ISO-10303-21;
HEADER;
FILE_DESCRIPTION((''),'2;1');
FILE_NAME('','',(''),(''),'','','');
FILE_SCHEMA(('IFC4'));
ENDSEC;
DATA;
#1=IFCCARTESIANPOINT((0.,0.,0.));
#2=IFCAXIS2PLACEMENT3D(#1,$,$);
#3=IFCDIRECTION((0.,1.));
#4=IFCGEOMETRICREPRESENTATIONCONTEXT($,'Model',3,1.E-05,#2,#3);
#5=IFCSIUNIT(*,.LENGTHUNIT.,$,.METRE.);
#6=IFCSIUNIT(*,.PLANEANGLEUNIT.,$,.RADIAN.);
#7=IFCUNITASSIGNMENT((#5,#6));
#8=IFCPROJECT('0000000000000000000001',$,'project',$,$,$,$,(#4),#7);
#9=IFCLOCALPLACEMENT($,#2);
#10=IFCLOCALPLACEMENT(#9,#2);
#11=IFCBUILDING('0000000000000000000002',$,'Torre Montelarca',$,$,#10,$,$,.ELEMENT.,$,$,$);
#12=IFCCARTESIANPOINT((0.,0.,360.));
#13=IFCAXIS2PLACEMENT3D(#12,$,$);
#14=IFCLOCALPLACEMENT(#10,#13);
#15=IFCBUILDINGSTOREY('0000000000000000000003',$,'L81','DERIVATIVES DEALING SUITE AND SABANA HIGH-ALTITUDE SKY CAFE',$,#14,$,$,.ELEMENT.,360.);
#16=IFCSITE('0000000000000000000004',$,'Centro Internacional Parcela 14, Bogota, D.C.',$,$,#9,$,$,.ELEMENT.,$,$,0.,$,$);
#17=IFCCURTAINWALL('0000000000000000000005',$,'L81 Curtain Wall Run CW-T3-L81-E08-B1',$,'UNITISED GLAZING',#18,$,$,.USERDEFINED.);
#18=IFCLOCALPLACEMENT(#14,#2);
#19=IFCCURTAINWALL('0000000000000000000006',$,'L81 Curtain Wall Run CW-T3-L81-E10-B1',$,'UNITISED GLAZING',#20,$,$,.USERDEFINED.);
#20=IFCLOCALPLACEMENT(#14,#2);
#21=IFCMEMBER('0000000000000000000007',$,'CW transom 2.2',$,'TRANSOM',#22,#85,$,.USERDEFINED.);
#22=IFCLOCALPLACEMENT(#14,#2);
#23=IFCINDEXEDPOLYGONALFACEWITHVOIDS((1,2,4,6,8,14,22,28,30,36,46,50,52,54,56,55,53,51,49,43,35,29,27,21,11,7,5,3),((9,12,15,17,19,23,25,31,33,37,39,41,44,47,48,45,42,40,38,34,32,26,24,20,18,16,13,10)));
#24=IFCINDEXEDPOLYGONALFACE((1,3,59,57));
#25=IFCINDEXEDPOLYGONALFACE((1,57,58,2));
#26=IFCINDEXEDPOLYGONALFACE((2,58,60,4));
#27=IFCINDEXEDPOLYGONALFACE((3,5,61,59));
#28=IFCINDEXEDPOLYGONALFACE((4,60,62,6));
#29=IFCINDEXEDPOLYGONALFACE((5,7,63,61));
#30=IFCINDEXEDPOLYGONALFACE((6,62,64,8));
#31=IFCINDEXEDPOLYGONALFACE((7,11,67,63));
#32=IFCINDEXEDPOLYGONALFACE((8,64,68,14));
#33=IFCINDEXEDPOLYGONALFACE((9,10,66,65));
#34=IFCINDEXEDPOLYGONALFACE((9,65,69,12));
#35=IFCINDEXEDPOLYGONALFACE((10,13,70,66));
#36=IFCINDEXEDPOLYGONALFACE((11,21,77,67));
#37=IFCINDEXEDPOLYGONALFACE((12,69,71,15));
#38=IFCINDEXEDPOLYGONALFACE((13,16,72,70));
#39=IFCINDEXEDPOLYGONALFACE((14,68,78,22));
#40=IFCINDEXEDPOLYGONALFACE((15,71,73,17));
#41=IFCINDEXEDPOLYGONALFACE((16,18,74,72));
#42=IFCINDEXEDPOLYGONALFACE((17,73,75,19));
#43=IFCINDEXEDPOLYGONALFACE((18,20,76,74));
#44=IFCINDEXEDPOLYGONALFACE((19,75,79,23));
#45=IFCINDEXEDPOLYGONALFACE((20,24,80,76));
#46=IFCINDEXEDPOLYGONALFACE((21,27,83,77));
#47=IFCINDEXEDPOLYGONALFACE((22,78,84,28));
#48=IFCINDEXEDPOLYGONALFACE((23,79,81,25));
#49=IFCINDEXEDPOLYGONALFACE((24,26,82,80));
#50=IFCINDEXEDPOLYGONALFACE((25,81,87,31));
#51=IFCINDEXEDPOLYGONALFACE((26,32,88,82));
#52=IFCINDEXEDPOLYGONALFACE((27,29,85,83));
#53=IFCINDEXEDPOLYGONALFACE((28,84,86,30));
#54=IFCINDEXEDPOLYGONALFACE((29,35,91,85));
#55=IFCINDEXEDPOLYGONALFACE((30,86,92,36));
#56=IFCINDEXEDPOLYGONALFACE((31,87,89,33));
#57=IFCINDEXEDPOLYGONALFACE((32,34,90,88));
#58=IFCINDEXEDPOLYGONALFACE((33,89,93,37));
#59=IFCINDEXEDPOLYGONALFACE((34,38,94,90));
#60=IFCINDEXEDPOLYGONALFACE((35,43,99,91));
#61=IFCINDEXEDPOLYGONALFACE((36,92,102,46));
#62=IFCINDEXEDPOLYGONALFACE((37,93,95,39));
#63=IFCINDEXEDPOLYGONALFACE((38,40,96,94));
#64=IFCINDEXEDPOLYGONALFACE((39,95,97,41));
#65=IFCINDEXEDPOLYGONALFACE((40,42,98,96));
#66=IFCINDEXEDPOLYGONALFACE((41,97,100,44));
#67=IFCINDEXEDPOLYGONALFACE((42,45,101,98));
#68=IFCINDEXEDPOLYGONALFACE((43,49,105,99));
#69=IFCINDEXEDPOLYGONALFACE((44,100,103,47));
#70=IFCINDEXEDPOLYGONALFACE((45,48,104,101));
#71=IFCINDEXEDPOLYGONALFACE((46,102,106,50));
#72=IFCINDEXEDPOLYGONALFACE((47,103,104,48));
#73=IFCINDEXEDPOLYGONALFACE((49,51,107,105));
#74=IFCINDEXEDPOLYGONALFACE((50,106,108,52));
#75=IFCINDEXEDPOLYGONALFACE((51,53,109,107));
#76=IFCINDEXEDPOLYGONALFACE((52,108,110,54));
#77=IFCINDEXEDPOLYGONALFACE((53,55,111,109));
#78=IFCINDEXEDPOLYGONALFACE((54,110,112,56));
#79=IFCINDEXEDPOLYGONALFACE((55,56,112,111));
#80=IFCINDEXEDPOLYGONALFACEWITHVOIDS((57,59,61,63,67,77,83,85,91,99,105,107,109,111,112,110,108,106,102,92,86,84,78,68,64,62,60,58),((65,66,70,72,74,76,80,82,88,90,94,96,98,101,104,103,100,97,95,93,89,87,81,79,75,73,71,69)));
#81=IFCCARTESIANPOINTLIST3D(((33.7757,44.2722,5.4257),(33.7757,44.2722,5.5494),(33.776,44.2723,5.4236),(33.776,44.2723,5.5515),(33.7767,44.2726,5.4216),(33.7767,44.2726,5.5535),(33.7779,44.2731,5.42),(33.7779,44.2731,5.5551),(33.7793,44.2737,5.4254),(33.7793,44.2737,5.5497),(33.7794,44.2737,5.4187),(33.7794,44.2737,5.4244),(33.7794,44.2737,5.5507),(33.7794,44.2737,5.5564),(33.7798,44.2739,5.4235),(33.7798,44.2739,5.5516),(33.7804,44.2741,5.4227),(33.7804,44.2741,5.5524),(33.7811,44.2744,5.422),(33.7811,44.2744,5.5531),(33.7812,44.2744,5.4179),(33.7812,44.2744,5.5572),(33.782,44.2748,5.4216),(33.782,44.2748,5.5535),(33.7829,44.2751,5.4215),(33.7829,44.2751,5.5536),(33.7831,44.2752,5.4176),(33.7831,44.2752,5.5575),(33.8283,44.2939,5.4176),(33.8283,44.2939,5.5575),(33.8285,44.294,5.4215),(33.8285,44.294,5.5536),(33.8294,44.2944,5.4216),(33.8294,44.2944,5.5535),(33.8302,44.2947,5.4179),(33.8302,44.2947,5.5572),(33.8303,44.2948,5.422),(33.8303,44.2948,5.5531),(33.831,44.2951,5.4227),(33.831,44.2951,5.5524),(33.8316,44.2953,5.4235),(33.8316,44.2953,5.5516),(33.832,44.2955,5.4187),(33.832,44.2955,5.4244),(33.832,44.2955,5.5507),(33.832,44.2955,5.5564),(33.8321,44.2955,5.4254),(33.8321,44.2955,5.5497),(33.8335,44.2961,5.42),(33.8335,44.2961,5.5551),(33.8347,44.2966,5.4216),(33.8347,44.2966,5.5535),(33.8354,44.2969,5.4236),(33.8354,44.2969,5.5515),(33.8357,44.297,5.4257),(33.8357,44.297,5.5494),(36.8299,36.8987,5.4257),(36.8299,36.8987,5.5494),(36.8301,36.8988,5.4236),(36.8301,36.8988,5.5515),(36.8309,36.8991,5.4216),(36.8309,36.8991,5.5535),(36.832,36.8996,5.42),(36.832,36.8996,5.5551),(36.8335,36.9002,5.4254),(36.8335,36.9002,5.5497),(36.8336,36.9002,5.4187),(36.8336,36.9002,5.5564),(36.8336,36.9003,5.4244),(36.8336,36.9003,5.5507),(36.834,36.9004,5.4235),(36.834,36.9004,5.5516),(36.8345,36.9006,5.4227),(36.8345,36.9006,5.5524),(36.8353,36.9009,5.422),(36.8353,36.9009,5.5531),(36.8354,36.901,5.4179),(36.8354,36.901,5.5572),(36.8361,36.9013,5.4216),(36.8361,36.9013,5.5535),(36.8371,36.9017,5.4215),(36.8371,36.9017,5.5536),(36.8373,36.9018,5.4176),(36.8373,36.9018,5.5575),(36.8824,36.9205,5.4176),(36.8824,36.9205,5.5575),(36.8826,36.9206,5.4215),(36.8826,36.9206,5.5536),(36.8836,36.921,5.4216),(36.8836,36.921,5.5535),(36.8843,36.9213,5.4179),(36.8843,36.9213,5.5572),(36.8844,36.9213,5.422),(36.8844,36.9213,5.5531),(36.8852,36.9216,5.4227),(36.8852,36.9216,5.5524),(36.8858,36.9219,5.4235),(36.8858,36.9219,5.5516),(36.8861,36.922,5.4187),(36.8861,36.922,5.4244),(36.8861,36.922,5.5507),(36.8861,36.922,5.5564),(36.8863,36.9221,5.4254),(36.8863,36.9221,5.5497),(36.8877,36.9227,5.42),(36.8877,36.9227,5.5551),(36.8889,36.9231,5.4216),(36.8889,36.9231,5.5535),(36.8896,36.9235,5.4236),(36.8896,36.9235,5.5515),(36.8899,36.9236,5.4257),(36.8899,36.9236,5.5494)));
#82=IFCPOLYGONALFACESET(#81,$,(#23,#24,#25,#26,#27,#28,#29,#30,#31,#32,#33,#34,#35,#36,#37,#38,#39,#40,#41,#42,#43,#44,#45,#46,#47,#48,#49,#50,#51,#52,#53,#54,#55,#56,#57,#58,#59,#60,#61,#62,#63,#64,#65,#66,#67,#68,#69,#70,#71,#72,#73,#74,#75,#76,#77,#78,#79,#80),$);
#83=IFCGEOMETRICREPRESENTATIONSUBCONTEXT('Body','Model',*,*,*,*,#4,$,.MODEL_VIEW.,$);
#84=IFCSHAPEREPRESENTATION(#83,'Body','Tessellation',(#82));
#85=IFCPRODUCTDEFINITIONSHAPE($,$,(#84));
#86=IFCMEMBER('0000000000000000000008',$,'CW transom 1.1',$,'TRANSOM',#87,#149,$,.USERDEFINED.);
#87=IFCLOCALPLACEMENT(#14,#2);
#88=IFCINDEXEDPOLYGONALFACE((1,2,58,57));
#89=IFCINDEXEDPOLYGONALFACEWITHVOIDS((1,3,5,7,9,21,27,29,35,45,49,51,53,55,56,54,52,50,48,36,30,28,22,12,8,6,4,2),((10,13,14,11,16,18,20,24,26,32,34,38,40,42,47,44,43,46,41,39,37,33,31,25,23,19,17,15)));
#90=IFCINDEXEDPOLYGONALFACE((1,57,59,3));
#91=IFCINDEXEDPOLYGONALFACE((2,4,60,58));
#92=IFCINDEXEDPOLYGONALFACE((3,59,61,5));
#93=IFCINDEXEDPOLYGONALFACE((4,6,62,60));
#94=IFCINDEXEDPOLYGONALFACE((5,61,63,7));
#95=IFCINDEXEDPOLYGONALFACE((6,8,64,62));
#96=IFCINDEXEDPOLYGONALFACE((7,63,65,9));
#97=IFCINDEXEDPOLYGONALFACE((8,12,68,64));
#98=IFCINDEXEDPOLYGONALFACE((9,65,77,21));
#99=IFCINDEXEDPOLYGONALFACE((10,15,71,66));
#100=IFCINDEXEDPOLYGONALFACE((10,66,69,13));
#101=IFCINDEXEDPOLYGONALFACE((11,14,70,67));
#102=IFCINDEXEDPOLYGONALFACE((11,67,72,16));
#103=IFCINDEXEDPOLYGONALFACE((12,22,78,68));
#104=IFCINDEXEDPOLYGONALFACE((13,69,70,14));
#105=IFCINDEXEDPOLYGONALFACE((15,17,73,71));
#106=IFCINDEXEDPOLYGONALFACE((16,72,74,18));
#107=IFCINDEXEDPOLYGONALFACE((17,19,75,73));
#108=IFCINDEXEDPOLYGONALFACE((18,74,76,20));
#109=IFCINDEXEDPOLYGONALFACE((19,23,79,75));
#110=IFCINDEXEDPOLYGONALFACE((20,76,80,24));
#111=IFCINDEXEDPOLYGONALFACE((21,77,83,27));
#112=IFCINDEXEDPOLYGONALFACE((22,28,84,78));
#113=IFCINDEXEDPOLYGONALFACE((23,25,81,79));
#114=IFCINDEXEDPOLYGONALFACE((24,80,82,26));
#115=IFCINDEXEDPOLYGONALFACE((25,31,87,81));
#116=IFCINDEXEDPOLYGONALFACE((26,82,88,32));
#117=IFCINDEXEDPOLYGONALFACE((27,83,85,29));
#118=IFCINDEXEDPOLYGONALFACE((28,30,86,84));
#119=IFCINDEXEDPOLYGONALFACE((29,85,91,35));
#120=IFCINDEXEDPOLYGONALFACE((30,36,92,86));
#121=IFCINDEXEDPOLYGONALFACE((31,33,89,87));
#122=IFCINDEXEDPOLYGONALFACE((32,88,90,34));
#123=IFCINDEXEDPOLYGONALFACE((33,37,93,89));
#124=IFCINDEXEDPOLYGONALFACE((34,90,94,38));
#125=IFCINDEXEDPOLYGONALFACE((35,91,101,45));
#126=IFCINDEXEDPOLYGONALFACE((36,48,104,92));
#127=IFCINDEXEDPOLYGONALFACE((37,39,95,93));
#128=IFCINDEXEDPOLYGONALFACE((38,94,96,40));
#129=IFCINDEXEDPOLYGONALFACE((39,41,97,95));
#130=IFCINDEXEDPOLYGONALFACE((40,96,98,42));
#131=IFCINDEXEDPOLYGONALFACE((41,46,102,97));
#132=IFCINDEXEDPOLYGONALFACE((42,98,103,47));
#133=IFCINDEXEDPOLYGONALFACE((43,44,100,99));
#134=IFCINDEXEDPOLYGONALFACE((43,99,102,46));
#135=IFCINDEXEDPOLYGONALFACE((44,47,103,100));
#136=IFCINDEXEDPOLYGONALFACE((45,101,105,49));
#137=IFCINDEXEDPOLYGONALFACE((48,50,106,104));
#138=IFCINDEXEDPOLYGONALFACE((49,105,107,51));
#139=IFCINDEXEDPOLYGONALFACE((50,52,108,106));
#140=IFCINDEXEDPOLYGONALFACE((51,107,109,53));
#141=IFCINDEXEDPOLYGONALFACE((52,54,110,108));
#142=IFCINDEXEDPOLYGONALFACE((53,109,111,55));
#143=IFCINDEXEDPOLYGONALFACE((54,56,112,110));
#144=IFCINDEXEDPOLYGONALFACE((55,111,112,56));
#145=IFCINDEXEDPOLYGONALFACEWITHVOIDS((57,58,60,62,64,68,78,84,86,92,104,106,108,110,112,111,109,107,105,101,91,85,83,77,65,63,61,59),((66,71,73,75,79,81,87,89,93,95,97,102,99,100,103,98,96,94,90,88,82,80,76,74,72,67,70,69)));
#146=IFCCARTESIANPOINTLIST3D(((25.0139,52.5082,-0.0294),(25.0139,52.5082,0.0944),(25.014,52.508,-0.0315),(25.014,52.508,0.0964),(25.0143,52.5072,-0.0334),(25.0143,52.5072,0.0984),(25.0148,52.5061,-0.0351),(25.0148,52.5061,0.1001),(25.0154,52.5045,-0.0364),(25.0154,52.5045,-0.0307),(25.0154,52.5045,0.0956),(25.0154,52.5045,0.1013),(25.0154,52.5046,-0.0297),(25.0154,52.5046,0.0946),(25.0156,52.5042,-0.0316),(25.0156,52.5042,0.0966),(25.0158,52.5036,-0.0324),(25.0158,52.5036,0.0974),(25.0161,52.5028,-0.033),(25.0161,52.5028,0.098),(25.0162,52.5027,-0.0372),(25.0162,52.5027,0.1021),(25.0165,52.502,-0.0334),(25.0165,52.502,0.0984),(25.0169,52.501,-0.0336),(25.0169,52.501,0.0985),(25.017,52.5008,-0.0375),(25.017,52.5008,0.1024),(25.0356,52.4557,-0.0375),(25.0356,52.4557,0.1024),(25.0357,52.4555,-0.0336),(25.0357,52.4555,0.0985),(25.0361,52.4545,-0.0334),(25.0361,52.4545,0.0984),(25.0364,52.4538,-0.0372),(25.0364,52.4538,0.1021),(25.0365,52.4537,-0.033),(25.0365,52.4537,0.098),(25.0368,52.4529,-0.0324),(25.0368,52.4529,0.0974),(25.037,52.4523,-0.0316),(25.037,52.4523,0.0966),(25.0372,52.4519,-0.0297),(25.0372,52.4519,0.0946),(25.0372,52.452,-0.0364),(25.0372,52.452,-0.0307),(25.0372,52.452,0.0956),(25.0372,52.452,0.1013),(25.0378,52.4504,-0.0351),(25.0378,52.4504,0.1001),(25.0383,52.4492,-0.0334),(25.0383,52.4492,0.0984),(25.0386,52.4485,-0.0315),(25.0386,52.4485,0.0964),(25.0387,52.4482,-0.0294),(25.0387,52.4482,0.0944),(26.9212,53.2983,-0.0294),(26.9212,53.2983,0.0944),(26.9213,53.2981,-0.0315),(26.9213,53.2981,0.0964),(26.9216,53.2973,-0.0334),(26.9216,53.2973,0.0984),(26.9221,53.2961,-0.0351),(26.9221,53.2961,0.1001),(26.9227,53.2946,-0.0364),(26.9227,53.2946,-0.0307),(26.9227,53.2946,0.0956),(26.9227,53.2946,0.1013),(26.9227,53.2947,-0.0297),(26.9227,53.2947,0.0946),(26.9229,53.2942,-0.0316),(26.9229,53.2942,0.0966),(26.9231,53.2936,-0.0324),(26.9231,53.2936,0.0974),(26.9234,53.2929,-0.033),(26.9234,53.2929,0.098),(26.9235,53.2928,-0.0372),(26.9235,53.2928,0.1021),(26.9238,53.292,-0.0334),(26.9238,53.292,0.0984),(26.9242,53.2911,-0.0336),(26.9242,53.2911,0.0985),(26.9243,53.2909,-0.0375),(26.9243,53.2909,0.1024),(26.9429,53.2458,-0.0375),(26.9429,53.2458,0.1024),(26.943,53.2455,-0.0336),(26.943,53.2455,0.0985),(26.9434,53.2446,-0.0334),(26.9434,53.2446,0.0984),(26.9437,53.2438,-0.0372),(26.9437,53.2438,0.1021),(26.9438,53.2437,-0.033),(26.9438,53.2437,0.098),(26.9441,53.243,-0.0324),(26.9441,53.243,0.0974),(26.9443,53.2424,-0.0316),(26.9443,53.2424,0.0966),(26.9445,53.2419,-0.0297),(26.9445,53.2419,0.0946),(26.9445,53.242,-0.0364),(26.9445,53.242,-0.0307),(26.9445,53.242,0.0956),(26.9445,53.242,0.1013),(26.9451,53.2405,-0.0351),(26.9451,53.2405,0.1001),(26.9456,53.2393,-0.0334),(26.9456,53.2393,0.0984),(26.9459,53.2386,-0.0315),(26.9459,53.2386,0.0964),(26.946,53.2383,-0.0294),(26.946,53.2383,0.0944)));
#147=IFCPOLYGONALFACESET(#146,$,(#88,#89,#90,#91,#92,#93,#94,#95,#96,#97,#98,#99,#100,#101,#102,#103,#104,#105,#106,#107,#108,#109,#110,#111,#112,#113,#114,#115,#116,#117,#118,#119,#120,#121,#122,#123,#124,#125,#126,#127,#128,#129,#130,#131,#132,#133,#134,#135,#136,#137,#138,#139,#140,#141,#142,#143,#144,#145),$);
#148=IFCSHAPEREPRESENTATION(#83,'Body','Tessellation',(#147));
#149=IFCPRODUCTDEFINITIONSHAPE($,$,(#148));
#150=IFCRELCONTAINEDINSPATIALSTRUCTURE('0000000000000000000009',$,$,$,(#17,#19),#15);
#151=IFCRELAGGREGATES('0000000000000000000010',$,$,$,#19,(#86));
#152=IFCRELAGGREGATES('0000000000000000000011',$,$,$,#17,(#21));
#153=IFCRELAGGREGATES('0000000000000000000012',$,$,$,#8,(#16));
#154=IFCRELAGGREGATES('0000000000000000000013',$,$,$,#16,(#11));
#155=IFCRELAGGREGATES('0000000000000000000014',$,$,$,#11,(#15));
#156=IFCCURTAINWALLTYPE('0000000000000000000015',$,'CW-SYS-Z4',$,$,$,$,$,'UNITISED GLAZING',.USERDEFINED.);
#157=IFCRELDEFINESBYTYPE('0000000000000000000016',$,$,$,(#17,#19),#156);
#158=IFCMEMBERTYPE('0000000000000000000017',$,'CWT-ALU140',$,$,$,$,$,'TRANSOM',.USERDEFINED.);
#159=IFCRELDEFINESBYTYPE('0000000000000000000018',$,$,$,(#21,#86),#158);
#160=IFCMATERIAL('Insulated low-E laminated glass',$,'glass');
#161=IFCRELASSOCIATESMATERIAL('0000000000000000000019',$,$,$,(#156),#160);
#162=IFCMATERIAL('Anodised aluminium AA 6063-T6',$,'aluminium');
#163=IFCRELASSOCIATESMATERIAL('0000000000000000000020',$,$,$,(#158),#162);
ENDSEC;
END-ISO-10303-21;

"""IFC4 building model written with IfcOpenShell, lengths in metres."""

from ifc_helpers import new_model, si_unit, direction, frame, origin, origin_2d, place, context, subcontext, project, spatial, hollow_rectangle, extrude, source, transform, mapped, material, material_profile, profile_set, type_object, element, aggregate, save


model = new_model("IFC4")

# Units and contexts
model_context = context("Model", 3, precision=1e-05, world=origin(), true_north=direction((0.0, 1.0)))
body_context = subcontext(model_context, "Body", "Model", "MODEL_VIEW")
ifc_project = project(units=[si_unit("LENGTHUNIT", "METRE"), si_unit("PLANEANGLEUNIT", "RADIAN")], contexts=[model_context])

# Site, building, storey
site_placement = place(None, origin())
site = spatial("IfcSite", under=ifc_project, at=site_placement, Name="Centro Internacional Parcela 14, Bogota, D.C.", CompositionType="ELEMENT", RefElevation=0.0)
building_placement = place(site_placement, origin())
building = spatial("IfcBuilding", under=site, at=building_placement, Name="Torre Montelarca", CompositionType="ELEMENT")
storey_placement = place(building_placement, frame((0.0, 0.0, 360.0)))
storey = spatial("IfcBuildingStorey", under=building, at=storey_placement, Name="L81", Description="DERIVATIVES DEALING SUITE AND SABANA HIGH-ALTITUDE SKY CAFE", CompositionType="ELEMENT", Elevation=360.0)

# Curtain wall
ifc_material_1 = material(Name="Insulated low-E laminated glass", Category="glass")
curtain_wall_type = type_object("IfcCurtainWallType", Name="CW-SYS-Z4", ElementType="UNITISED GLAZING", PredefinedType="USERDEFINED", material=ifc_material_1)
curtain_wall_1_placement = place(storey_placement, origin())
curtain_wall_1 = element("IfcCurtainWall", 1, at=curtain_wall_1_placement, inside=storey, type_object=curtain_wall_type, Name="L81 Curtain Wall Run CW-T3-L81-E08-B1", ObjectType="UNITISED GLAZING", PredefinedType="USERDEFINED")
ifc_material_2 = material(Name="Anodised aluminium AA 6063-T6", Category="aluminium")

# Curtain wall
curtain_wall_2_placement = place(storey_placement, origin())
curtain_wall_2 = element("IfcCurtainWall", 2, at=curtain_wall_2_placement, inside=storey, type_object=curtain_wall_type, Name="L81 Curtain Wall Run CW-T3-L81-E10-B1", ObjectType="UNITISED GLAZING", PredefinedType="USERDEFINED")

# Members
ifc_material_profile_1 = material_profile(ifc_material_2, hollow_rectangle(XDim=0.0649, YDim=0.1399, WallThickness=0.0039, InnerFilletRadius=0.0039, OuterFilletRadius=0.0081, at=origin_2d()), Name="ALU65X140X4", Category="aluminium")
ifc_profile_set_1 = profile_set([ifc_material_profile_1], Name="Anodised aluminium AA 6063-T6")
member_type_1 = type_object("IfcMemberType", Name="CWT-ALU140", ElementType="TRANSOM", PredefinedType="USERDEFINED", material=ifc_profile_set_1)
shared_shape_1 = source(origin(), body_context, "Body", "SweptSolid", [
    extrude(hollow_rectangle(XDim=0.0649, YDim=0.1399, WallThickness=0.0039, InnerFilletRadius=0.0039, OuterFilletRadius=0.0081, at=origin_2d()), origin(), (0.0, 0.0, 1.0), 7.981),
])
member_1_placement = place(storey_placement, frame((36.8599, 36.9111, 5.4875), z_axis=(-0.382681, 0.92388, 0.0), x_axis=(-0.92388, -0.382681, 0.0)))
member_1 = element("IfcMember", 3, at=member_1_placement, type_object=member_type_1, Name="CW transom 2.2", ObjectType="TRANSOM", PredefinedType="USERDEFINED", context=body_context, shape_type="MappedRepresentation", body=[
    mapped(shared_shape_1, transform((0.0, 0.0, 0.0), scale=1.0)),
])
shared_shape_2 = source(origin(), body_context, "Body", "SweptSolid", [
    extrude(hollow_rectangle(XDim=0.0649, YDim=0.1399, WallThickness=0.0039, InnerFilletRadius=0.0039, OuterFilletRadius=0.0081, at=origin_2d()), origin(), (0.0, 0.0, 1.0), 2.0645),
])
member_2_placement = place(storey_placement, frame((26.9336, 53.2683, 0.0325), z_axis=(-0.923873, -0.3827, 0.0), x_axis=(0.3827, -0.923873, 0.0)))
member_2 = element("IfcMember", 4, at=member_2_placement, type_object=member_type_1, Name="CW transom 1.1", ObjectType="TRANSOM", PredefinedType="USERDEFINED", context=body_context, shape_type="MappedRepresentation", body=[
    mapped(shared_shape_2, transform((0.0, 0.0, 0.0), scale=1.0)),
])
aggregate(curtain_wall_2, [member_2])

aggregate(curtain_wall_1, [member_1])

save(model, "model.ifc")
